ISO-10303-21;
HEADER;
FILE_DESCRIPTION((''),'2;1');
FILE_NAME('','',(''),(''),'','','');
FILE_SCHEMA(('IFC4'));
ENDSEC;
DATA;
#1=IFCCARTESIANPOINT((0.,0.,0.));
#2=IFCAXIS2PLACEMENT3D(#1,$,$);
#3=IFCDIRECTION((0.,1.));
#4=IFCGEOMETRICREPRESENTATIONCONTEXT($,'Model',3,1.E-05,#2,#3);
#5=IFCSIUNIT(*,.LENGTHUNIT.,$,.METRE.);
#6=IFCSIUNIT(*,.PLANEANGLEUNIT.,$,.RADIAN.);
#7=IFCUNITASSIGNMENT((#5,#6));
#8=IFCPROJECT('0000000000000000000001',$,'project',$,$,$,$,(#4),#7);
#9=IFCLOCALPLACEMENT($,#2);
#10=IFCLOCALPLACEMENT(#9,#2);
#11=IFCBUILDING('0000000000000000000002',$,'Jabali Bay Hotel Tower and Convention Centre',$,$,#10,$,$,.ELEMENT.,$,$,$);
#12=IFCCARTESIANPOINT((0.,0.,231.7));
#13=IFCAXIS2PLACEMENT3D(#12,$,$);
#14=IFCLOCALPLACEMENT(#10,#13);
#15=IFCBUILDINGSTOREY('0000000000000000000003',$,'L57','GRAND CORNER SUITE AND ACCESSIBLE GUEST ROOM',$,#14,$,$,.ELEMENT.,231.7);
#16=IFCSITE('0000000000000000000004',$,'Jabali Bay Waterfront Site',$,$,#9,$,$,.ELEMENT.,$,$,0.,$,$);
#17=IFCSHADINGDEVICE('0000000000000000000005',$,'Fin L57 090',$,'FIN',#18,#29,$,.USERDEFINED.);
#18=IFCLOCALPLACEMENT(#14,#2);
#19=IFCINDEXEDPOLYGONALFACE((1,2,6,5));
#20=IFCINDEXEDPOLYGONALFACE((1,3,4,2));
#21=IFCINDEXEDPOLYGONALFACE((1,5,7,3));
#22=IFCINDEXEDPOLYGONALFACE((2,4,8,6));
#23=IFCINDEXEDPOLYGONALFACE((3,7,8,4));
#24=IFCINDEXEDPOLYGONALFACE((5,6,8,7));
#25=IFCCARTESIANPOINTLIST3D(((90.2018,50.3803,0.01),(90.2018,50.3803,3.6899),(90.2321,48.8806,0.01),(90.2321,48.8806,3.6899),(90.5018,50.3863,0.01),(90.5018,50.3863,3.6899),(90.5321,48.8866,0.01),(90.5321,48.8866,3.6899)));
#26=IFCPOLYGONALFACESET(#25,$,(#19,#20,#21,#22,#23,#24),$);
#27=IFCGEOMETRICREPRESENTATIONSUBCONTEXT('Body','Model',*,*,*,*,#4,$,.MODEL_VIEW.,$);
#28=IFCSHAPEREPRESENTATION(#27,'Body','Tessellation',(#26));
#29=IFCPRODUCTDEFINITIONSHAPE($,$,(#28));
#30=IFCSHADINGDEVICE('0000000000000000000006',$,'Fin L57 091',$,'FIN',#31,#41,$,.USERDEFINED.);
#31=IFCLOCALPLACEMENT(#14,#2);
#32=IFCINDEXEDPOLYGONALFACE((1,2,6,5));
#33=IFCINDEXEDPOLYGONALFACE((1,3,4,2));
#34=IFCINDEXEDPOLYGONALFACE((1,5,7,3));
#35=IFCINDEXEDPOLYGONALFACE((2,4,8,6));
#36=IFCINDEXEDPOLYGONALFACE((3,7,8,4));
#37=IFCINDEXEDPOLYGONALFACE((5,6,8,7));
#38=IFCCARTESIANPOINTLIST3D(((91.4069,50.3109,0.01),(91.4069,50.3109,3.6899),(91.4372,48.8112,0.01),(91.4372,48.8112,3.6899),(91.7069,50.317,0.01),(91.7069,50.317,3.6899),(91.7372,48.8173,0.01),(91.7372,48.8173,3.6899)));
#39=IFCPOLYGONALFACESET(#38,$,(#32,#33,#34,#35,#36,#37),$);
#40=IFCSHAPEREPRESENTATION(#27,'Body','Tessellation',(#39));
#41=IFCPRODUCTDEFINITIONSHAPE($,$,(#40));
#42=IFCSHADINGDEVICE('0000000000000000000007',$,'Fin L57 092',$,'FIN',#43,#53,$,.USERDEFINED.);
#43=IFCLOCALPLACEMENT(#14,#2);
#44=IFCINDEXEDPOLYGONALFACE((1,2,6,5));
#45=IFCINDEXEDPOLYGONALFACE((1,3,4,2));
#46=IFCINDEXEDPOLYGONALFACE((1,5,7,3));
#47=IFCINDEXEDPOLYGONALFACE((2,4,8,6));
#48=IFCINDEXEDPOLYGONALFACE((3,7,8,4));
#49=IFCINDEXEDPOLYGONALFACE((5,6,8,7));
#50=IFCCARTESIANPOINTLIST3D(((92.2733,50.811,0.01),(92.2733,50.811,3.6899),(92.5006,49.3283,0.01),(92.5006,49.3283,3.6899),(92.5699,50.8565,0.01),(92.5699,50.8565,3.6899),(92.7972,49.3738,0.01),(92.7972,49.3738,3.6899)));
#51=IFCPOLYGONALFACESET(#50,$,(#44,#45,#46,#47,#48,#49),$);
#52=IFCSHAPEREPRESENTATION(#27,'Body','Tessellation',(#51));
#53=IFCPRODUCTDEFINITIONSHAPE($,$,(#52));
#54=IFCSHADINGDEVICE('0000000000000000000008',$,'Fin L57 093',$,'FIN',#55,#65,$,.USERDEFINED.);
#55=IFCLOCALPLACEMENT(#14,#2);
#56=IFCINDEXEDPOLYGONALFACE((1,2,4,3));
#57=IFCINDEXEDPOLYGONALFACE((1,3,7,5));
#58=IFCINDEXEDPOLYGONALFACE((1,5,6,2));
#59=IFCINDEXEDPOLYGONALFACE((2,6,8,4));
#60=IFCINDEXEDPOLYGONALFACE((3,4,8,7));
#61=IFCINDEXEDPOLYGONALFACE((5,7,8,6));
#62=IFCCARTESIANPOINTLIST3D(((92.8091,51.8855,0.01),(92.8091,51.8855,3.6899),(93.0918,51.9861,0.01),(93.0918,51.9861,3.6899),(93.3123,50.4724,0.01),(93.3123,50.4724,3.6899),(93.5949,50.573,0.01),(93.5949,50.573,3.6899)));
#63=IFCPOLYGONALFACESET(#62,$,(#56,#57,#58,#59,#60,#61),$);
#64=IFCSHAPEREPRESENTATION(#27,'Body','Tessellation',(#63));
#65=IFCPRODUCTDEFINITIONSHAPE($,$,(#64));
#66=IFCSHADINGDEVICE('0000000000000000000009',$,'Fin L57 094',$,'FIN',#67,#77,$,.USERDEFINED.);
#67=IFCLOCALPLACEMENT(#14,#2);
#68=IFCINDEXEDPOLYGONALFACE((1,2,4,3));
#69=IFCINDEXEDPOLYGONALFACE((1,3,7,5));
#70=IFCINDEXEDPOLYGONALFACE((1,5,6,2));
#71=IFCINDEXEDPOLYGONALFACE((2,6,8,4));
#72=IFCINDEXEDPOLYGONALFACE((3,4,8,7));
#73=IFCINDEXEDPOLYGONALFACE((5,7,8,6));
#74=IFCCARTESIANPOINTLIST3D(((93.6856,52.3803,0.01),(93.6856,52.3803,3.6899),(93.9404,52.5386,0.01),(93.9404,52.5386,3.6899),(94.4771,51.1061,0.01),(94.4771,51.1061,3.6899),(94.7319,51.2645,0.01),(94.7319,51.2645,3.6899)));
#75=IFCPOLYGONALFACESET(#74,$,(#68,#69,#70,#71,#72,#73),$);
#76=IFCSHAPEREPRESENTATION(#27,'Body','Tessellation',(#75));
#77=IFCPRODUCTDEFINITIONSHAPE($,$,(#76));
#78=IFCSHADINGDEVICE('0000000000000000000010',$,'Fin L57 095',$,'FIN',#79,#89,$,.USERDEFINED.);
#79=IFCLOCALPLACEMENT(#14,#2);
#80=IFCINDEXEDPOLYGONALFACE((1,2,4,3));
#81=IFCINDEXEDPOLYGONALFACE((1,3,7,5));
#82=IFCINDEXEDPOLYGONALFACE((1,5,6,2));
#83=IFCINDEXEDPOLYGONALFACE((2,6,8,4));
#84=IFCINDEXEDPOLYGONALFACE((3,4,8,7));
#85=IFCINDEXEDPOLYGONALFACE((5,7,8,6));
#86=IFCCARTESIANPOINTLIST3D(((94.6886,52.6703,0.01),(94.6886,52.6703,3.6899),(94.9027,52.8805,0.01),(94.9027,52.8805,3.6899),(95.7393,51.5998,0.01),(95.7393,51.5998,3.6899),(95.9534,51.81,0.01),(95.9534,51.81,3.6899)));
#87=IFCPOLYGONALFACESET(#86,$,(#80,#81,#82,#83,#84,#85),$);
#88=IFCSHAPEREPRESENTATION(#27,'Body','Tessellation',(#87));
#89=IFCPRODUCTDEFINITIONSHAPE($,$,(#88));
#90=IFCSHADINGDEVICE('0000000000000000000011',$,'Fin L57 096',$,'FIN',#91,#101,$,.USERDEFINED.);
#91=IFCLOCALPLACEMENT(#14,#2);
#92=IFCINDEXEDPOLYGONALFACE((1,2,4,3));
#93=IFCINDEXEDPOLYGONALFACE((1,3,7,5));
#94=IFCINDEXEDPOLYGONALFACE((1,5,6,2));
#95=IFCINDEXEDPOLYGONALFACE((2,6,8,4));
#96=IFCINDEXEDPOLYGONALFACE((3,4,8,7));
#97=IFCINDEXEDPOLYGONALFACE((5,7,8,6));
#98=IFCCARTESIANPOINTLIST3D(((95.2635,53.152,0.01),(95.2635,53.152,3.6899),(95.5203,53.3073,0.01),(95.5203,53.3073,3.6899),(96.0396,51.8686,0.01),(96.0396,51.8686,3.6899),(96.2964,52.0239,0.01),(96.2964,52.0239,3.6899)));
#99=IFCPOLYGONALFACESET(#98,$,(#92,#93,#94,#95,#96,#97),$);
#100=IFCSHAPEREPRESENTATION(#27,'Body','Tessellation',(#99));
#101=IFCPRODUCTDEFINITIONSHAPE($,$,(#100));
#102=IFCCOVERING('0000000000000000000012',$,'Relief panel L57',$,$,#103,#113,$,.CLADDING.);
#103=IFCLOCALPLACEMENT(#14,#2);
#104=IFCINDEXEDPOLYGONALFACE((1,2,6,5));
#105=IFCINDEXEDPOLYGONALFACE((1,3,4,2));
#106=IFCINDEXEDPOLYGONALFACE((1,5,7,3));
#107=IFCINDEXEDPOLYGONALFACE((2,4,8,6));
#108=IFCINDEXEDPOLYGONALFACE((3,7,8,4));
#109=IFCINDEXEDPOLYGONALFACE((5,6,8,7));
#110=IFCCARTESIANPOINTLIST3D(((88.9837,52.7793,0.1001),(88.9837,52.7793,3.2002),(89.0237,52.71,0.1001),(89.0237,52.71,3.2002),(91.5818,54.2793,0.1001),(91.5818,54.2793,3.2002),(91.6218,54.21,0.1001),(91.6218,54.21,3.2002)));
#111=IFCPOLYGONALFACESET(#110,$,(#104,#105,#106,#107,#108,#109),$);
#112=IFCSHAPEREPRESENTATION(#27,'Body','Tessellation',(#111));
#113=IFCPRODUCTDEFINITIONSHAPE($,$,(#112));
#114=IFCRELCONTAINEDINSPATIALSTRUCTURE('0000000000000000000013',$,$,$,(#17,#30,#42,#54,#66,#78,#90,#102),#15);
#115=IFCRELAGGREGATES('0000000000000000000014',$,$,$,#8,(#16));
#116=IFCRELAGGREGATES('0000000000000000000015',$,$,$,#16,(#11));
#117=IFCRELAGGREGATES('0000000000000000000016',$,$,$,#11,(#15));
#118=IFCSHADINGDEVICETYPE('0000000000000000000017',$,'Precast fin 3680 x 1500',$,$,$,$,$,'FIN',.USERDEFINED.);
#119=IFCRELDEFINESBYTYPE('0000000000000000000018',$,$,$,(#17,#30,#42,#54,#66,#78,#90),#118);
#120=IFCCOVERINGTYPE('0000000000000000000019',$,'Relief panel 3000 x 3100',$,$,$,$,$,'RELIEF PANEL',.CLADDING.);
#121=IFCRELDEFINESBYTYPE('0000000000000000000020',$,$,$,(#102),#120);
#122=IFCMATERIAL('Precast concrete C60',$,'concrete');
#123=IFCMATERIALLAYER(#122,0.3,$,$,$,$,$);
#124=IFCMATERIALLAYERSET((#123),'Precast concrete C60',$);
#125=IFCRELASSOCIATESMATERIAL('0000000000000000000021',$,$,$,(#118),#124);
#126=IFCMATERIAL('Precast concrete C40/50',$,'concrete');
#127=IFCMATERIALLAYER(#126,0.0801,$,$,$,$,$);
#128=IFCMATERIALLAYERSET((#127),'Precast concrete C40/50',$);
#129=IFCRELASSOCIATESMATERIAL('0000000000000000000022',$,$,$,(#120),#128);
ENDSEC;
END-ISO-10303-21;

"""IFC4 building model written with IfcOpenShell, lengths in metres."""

from ifc_helpers import new_model, si_unit, direction, frame, frame_2d, origin, origin_2d, place, context, subcontext, project, spatial, rectangle, extrude, material, layer, layer_set, type_object, element, save


model = new_model("IFC4")

# Units and contexts
model_context = context("Model", 3, precision=1e-05, world=origin(), true_north=direction((0.0, 1.0)))
body_context = subcontext(model_context, "Body", "Model", "MODEL_VIEW")
ifc_project = project(units=[si_unit("LENGTHUNIT", "METRE"), si_unit("PLANEANGLEUNIT", "RADIAN")], contexts=[model_context])

# Site, building, storey
site_placement = place(None, origin())
site = spatial("IfcSite", under=ifc_project, at=site_placement, Name="Jabali Bay Waterfront Site", CompositionType="ELEMENT", RefElevation=0.0)
building_placement = place(site_placement, origin())
building = spatial("IfcBuilding", under=site, at=building_placement, Name="Jabali Bay Hotel Tower and Convention Centre", CompositionType="ELEMENT")
storey_placement = place(building_placement, frame((0.0, 0.0, 231.7)))
storey = spatial("IfcBuildingStorey", under=building, at=storey_placement, Name="L57", Description="GRAND CORNER SUITE AND ACCESSIBLE GUEST ROOM", CompositionType="ELEMENT", Elevation=231.7)

# Shading devices
ifc_material_1 = material(Name="Precast concrete C60", Category="concrete")
ifc_layer_1 = layer(ifc_material_1, 0.3)
ifc_layer_set_1 = layer_set([ifc_layer_1], Name="Precast concrete C60")
shading_device_type = type_object("IfcShadingDeviceType", Name="Precast fin 3680 x 1500", ElementType="FIN", PredefinedType="USERDEFINED", material=ifc_layer_set_1)
for number, where, z_axis, x_axis, name in (
    (1, (90.3518, 50.3833, 0.01), (0.0, 0.0, 1.0), (0.020181, -0.999796, 0.0), "Fin L57 090"),
    (2, (91.5569, 50.314, 0.01), (0.0, 0.0, 1.0), (0.020181, -0.999796, 0.0), "Fin L57 091"),
    (3, (92.4216, 50.8337, 0.01), (0.0, 0.0, 1.0), (0.151531, -0.988452, 0.0), "Fin L57 092"),
    (4, (92.9504, 51.9358, 0.01), (0.0, 0.0, 1.0), (0.33545, -0.942058, 0.0), "Fin L57 093"),
    (5, (93.813, 52.4595, 0.01), (0.0, 0.0, 1.0), (0.527671, -0.849449, 0.0), "Fin L57 094"),
    (6, (94.7957, 52.7754, 0.01), (0.0, 0.0, 1.0), (0.700485, -0.713668, 0.0), "Fin L57 095"),
):
    element("IfcShadingDevice", number, at=place(storey_placement, frame(where, z_axis=z_axis, x_axis=x_axis)), inside=storey, type_object=shading_device_type, Name=name, ObjectType="FIN", PredefinedType="USERDEFINED", context=body_context, shape_type="SweptSolid", body=[
        extrude(rectangle(XDim=1.5, YDim=0.3, at=frame_2d((0.75, 0.0))), origin(), (0.0, 0.0, 1.0), 3.6799),
    ])
shading_device_1_placement = place(storey_placement, frame((95.3918, 53.2297, 0.01), z_axis=(0.0, 0.0, 1.0), x_axis=(0.517461, -0.855707, 0.0)))
element("IfcShadingDevice", 7, at=shading_device_1_placement, inside=storey, type_object=shading_device_type, Name="Fin L57 096", ObjectType="FIN", PredefinedType="USERDEFINED", context=body_context, shape_type="SweptSolid", body=[
    extrude(rectangle(XDim=1.4998, YDim=0.3, at=frame_2d((0.75, 0.0))), origin(), (0.0, 0.0, 1.0), 3.6799),
])

# Covering
ifc_material_2 = material(Name="Precast concrete C40/50", Category="concrete")
ifc_layer_2 = layer(ifc_material_2, 0.0801)
ifc_layer_set_2 = layer_set([ifc_layer_2], Name="Precast concrete C40/50")
covering_type = type_object("IfcCoveringType", Name="Relief panel 3000 x 3100", ElementType="RELIEF PANEL", PredefinedType="CLADDING", material=ifc_layer_set_2)
covering_placement = place(storey_placement, frame((90.3027, 53.4946, 0.1001), z_axis=(0.0, 0.0, 1.0), x_axis=(-0.866025, -0.5, 0.0)))
element("IfcCovering", 8, at=covering_placement, inside=storey, type_object=covering_type, Name="Relief panel L57", PredefinedType="CLADDING", context=body_context, shape_type="SweptSolid", body=[
    extrude(rectangle(XDim=3.0, YDim=0.0801, at=origin_2d()), origin(), (0.0, 0.0, 1.0), 3.1001),
])

save(model, "model.ifc")
